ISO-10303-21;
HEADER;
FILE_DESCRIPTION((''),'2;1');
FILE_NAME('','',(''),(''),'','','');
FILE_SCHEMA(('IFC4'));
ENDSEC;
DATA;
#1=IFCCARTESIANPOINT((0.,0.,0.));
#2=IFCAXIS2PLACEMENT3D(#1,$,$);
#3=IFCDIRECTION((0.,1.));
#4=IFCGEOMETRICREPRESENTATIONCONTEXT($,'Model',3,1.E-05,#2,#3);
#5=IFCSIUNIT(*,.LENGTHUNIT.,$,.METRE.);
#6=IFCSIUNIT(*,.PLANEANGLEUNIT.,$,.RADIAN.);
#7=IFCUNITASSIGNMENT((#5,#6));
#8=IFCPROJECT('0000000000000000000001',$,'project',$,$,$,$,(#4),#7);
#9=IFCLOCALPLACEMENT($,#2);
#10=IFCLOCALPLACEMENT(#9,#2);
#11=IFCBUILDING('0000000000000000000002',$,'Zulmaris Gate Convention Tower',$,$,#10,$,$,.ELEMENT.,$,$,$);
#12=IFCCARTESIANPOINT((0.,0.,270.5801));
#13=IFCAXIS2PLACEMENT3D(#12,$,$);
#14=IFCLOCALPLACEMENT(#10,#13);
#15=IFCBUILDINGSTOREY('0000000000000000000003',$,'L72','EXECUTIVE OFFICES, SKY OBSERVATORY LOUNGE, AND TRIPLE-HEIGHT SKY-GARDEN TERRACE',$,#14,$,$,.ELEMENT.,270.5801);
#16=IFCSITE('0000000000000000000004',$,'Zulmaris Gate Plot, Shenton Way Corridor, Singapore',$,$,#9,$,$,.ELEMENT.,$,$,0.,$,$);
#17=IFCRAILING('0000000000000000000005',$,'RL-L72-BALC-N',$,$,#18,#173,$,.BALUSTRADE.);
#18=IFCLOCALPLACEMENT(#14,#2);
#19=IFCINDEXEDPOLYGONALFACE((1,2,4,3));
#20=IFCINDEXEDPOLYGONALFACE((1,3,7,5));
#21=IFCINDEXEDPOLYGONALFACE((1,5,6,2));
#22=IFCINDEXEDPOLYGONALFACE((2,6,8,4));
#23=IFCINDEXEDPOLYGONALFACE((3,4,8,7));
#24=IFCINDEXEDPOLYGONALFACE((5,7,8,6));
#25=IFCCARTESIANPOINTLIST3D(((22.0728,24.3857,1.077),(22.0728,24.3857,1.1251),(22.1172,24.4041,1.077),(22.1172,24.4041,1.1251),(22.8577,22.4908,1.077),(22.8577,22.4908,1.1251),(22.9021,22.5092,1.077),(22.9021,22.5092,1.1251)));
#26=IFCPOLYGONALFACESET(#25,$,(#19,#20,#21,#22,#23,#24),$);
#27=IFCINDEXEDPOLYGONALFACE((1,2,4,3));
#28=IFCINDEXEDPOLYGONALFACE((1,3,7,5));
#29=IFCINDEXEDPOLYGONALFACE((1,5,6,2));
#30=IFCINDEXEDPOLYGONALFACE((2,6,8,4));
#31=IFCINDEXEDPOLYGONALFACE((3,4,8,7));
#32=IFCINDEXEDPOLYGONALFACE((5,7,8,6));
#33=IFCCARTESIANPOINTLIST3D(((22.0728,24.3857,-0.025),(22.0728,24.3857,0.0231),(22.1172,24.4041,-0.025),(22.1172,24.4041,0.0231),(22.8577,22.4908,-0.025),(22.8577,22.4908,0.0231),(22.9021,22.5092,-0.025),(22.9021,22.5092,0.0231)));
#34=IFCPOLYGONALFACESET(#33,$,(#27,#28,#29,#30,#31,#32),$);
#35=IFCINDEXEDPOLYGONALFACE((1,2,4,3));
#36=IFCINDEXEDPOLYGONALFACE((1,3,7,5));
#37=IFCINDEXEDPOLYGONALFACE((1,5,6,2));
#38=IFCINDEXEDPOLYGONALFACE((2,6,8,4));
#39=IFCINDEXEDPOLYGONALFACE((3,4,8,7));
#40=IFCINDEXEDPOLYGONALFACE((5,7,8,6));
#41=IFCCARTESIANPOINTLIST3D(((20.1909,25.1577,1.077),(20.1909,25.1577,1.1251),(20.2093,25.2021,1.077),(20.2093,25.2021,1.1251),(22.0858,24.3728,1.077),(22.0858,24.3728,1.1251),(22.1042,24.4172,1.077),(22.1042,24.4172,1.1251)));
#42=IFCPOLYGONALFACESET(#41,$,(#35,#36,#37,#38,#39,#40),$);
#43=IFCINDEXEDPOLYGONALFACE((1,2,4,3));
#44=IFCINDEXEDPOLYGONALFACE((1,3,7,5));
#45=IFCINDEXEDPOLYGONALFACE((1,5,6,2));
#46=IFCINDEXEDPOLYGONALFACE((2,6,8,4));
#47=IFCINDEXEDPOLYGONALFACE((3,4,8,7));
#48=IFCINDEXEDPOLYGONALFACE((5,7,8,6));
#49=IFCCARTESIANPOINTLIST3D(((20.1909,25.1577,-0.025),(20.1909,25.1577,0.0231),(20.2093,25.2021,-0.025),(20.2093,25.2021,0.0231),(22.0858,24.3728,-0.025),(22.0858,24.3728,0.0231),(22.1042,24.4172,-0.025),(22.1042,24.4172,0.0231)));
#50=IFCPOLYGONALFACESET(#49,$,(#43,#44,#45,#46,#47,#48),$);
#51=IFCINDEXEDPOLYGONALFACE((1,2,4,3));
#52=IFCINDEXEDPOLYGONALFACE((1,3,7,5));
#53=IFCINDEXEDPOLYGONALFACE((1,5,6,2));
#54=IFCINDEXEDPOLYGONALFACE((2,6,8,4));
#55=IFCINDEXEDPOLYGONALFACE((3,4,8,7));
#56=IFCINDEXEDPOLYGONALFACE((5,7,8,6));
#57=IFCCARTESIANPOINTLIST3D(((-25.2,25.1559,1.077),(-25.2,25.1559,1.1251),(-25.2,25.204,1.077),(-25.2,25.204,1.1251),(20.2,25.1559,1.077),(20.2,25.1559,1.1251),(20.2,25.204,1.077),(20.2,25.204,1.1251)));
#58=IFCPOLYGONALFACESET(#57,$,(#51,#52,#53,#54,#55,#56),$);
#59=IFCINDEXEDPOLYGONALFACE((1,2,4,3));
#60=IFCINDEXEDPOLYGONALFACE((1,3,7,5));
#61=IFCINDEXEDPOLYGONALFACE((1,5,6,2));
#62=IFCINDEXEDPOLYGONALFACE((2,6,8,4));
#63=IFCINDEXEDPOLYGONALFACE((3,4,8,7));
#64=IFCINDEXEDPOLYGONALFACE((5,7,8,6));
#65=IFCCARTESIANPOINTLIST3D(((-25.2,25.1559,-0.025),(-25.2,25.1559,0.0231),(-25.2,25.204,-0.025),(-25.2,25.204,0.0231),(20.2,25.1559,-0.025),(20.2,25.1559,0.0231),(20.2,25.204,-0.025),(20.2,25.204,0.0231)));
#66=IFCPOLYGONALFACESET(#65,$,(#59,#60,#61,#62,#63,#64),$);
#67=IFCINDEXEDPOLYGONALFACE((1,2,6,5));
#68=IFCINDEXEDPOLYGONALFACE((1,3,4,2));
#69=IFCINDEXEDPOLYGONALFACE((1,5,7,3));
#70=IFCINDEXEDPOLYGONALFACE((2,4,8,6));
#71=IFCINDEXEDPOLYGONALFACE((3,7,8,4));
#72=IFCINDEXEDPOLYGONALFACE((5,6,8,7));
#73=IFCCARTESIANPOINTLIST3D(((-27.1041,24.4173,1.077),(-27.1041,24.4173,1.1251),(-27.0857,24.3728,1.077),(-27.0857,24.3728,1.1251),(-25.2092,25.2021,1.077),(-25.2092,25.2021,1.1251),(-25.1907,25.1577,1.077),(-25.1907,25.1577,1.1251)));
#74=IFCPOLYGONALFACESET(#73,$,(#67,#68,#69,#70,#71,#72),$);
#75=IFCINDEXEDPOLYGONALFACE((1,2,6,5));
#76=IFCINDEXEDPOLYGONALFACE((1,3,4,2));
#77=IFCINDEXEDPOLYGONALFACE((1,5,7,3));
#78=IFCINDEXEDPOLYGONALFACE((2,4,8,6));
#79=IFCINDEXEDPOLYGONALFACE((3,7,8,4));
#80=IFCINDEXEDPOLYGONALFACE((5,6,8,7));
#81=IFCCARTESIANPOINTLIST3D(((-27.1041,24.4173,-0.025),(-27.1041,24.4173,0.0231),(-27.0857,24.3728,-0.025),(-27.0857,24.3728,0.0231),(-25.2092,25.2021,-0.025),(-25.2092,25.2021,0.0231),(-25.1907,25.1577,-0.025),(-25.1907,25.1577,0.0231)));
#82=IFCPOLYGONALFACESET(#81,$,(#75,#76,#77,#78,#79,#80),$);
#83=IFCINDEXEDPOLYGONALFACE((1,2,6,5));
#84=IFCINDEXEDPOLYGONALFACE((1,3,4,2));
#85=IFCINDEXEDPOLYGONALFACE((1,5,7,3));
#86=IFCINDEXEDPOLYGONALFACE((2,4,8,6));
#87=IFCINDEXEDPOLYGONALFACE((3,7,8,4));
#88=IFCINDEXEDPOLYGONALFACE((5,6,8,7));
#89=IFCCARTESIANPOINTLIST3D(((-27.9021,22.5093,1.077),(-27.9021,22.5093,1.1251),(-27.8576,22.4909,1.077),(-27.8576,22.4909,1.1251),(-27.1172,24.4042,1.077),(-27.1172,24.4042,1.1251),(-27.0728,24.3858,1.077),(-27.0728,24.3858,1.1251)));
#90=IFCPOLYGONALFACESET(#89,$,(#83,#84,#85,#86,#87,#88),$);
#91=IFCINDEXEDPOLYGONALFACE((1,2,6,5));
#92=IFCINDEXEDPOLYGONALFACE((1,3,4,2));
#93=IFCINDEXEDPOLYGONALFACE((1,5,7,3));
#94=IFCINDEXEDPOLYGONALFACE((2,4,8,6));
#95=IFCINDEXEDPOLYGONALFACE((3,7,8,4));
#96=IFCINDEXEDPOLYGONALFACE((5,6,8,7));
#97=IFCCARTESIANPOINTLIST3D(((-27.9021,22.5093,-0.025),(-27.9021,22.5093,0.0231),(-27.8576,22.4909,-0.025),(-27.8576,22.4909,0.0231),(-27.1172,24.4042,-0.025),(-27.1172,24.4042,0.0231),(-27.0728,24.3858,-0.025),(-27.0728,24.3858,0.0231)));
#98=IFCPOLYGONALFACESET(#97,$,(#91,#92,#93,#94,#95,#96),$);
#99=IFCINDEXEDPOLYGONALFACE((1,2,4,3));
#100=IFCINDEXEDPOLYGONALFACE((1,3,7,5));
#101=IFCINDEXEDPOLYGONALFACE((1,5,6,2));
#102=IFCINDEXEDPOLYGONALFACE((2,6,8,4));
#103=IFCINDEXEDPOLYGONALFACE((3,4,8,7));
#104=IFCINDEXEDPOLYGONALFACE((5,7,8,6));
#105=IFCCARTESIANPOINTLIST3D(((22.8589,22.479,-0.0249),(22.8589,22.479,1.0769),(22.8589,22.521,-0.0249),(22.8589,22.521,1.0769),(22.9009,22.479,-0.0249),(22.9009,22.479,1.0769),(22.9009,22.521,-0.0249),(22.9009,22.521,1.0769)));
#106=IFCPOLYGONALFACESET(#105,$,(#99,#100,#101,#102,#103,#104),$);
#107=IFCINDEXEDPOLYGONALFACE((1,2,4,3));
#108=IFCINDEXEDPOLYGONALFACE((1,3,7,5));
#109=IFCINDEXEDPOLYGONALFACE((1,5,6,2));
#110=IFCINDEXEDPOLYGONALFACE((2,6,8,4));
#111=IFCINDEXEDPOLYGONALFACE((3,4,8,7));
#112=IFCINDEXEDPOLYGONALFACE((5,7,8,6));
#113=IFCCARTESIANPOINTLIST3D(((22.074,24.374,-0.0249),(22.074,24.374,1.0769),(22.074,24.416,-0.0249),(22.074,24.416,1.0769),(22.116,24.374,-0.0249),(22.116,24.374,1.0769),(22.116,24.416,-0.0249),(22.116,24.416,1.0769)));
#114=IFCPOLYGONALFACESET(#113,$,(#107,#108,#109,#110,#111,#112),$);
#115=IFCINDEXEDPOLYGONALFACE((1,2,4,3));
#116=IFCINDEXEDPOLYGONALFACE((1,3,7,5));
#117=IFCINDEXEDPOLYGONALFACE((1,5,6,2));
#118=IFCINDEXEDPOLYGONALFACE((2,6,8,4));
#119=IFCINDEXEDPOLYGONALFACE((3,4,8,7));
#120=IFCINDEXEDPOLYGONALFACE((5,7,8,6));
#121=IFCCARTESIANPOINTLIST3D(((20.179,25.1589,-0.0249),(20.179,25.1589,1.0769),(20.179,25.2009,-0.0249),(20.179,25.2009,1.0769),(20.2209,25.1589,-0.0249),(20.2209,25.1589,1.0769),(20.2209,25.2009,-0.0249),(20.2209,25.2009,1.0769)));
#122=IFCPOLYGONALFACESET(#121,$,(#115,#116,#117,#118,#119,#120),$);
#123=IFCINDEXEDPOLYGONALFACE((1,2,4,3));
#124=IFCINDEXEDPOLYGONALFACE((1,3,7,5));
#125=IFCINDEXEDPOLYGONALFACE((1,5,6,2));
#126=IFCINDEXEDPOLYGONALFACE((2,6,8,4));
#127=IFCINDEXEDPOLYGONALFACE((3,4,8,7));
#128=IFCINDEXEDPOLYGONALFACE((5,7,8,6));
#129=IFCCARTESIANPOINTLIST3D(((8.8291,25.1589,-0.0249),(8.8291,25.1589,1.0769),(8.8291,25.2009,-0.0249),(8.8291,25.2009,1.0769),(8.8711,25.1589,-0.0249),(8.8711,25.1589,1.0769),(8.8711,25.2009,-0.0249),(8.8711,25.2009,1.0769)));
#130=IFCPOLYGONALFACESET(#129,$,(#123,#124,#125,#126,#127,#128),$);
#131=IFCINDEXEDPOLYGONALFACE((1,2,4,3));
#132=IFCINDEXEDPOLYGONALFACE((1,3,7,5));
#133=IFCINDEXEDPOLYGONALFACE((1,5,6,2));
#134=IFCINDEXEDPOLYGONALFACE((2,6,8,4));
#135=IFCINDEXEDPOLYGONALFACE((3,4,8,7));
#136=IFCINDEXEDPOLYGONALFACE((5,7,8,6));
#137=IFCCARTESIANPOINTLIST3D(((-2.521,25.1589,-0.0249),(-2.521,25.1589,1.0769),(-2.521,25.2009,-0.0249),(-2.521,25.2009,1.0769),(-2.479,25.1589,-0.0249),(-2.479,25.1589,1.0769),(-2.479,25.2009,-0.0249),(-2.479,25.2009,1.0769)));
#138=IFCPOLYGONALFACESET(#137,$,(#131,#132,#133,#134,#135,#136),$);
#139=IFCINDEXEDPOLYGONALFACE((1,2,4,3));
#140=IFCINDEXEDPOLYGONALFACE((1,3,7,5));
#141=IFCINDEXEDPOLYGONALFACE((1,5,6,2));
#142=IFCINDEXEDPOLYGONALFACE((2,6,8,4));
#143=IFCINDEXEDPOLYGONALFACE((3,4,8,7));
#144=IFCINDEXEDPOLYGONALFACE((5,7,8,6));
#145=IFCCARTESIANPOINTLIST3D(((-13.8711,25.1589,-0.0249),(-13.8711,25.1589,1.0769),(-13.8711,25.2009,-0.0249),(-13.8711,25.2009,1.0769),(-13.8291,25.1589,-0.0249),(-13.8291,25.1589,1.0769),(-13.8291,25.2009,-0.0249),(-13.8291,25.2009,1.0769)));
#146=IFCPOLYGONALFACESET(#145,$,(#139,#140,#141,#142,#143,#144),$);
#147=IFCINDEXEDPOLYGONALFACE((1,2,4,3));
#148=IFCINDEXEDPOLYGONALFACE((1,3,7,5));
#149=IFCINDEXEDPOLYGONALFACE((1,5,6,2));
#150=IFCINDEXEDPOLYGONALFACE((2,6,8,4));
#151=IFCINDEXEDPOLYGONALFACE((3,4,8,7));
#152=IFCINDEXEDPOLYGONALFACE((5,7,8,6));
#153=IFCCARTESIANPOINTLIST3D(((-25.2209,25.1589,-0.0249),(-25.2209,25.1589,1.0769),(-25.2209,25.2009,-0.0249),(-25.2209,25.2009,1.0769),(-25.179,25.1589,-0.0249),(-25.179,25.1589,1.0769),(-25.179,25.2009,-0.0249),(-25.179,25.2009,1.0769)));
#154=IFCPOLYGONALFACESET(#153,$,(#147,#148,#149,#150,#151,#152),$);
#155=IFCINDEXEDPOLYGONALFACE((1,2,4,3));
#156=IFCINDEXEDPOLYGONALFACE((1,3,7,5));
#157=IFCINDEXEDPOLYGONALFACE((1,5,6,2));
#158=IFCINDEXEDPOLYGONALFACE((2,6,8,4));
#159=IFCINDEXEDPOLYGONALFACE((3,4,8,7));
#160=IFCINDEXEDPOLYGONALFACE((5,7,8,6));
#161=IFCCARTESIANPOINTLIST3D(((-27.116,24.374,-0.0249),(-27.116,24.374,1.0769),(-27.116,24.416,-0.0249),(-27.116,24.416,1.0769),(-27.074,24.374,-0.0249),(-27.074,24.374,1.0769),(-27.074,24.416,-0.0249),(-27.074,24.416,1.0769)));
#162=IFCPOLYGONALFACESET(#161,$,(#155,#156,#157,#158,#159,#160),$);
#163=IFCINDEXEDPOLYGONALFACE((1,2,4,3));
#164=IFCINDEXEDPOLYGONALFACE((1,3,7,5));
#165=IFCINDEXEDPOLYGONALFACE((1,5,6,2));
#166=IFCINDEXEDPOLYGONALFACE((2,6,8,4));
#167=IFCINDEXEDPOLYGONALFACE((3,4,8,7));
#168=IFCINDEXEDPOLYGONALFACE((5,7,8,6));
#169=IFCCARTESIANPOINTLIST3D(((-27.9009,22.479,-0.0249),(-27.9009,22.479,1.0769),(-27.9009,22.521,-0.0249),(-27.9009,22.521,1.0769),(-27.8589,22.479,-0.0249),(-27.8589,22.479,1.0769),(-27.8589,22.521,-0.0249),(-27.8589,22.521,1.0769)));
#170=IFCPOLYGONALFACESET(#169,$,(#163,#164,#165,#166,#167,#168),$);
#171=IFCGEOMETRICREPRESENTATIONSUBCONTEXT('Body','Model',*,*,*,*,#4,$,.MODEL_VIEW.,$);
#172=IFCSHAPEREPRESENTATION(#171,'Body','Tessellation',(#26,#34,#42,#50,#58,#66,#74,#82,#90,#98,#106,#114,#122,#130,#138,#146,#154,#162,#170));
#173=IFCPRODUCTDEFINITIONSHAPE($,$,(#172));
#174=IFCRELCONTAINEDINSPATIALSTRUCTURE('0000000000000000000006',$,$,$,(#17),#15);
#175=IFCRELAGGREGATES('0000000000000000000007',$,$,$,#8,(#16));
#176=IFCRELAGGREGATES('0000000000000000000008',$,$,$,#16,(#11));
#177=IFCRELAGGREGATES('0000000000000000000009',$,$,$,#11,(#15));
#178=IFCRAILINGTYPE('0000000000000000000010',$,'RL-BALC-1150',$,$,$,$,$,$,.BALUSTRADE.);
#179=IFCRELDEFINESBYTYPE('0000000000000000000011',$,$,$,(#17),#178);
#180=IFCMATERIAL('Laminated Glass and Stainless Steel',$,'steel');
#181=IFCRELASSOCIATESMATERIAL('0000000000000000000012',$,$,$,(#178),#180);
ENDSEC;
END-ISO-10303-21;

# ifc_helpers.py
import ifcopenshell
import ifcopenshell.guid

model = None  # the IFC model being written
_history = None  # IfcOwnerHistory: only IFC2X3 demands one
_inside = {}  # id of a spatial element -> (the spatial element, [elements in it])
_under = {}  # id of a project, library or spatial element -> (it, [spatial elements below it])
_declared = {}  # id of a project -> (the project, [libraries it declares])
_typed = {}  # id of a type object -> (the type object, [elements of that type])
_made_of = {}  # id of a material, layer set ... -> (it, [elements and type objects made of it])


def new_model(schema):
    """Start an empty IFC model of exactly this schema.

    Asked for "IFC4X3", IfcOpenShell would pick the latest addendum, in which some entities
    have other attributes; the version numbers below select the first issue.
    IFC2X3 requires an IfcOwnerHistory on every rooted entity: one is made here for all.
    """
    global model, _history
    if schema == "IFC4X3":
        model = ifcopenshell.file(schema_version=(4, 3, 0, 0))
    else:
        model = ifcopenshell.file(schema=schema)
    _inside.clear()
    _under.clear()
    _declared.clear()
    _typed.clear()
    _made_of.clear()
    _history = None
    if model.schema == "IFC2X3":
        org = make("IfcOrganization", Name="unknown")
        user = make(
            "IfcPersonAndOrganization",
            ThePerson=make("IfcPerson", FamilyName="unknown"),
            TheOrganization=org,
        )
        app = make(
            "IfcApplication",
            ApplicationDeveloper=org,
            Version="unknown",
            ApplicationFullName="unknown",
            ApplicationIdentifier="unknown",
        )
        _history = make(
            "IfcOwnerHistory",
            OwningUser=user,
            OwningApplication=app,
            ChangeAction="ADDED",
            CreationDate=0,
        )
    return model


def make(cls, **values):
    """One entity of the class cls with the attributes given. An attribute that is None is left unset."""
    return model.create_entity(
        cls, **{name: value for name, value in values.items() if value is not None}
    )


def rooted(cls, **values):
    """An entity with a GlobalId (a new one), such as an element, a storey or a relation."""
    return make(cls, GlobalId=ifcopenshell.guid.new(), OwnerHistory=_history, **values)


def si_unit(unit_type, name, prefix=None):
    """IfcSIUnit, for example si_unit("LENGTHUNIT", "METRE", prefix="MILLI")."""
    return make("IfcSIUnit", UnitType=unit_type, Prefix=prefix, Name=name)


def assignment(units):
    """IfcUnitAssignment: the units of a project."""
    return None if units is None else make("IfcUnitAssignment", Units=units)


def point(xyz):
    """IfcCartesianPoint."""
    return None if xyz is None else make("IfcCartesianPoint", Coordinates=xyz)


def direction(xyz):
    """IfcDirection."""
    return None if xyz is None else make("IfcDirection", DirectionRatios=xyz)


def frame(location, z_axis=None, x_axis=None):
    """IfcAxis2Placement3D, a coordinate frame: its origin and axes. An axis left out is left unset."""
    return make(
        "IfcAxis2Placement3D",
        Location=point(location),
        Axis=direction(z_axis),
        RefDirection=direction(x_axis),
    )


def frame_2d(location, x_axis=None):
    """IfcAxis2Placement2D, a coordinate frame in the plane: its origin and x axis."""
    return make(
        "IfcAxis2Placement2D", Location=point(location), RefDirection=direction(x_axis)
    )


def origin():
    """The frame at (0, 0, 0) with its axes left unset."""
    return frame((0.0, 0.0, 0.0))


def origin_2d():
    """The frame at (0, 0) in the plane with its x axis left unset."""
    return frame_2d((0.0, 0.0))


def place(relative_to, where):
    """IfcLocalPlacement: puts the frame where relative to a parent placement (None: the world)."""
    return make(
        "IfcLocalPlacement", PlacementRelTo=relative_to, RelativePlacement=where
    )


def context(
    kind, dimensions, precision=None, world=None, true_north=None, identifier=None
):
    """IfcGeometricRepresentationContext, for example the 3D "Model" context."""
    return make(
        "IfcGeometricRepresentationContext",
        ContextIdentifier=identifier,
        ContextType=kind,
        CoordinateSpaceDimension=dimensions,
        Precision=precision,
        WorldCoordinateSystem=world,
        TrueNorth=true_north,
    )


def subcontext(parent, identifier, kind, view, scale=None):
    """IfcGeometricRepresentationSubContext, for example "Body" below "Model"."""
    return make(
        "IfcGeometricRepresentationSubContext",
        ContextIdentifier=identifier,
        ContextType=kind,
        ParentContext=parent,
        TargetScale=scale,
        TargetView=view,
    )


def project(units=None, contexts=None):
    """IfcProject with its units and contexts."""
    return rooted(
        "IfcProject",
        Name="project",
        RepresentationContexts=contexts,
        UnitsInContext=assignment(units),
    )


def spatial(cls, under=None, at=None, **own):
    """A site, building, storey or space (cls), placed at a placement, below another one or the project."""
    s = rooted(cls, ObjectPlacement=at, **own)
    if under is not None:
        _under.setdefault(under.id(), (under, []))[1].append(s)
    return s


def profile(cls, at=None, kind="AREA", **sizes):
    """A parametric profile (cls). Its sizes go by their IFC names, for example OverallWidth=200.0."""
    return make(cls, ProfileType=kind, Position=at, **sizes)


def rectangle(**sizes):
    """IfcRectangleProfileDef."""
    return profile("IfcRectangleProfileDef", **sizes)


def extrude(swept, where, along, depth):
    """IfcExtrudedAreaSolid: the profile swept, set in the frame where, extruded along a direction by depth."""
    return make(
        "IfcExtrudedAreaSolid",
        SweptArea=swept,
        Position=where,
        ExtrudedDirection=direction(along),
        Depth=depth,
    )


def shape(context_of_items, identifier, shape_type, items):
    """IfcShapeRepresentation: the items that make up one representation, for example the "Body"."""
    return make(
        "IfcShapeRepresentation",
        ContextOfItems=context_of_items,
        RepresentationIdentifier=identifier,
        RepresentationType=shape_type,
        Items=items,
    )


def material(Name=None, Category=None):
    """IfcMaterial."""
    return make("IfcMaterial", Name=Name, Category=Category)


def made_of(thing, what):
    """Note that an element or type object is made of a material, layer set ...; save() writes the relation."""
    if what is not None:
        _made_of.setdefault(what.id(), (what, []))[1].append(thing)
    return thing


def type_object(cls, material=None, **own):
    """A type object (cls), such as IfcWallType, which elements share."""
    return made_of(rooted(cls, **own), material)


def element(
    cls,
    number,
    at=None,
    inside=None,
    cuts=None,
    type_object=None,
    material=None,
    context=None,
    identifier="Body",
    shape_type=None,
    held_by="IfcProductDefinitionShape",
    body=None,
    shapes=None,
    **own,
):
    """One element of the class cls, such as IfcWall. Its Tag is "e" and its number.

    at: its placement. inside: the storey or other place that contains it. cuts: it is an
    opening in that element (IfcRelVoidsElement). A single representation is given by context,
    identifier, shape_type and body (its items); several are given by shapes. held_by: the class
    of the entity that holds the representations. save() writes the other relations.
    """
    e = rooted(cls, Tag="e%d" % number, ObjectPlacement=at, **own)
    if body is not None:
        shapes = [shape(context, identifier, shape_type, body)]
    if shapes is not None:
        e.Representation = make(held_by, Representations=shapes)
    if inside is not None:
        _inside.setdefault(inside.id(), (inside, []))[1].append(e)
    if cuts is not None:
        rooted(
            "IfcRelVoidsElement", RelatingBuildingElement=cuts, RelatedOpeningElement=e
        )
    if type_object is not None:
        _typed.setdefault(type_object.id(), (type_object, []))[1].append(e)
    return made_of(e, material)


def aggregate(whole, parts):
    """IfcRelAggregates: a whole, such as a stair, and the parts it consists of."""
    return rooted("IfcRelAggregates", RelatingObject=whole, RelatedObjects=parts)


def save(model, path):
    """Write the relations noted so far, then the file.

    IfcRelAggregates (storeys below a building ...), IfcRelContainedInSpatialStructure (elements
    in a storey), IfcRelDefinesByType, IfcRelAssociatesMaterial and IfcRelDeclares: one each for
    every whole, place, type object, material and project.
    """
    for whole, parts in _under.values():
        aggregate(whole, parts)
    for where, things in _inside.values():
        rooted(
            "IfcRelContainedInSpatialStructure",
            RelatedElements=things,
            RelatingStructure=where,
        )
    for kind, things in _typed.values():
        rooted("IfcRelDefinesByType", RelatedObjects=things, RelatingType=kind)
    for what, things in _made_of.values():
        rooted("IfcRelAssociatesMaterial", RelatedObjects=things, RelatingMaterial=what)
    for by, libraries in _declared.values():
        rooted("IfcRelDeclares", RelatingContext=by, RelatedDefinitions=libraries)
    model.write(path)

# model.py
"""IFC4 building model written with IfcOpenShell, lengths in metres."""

from ifc_helpers import new_model, si_unit, direction, frame, origin, origin_2d, place, context, subcontext, project, spatial, rectangle, extrude, material, type_object, element, save


model = new_model("IFC4")

# Units and contexts
model_context = context("Model", 3, precision=1e-05, world=origin(), true_north=direction((0.0, 1.0)))
body_context = subcontext(model_context, "Body", "Model", "MODEL_VIEW")
ifc_project = project(units=[si_unit("LENGTHUNIT", "METRE"), si_unit("PLANEANGLEUNIT", "RADIAN")], contexts=[model_context])

# Site, building, storey
site_placement = place(None, origin())
site = spatial("IfcSite", under=ifc_project, at=site_placement, Name="Zulmaris Gate Plot, Shenton Way Corridor, Singapore", CompositionType="ELEMENT", RefElevation=0.0)
building_placement = place(site_placement, origin())
building = spatial("IfcBuilding", under=site, at=building_placement, Name="Zulmaris Gate Convention Tower", CompositionType="ELEMENT")
storey_placement = place(building_placement, frame((0.0, 0.0, 270.5801)))
storey = spatial("IfcBuildingStorey", under=building, at=storey_placement, Name="L72", Description="EXECUTIVE OFFICES, SKY OBSERVATORY LOUNGE, AND TRIPLE-HEIGHT SKY-GARDEN TERRACE", CompositionType="ELEMENT", Elevation=270.5801)

# Railing
ifc_material_1 = material(Name="Laminated Glass and Stainless Steel", Category="steel")
railing_type = type_object("IfcRailingType", Name="RL-BALC-1150", PredefinedType="BALUSTRADE", material=ifc_material_1)
railing_placement = place(storey_placement, frame((22.8799, 22.5, -0.0249)))
element("IfcRailing", 1, at=railing_placement, inside=storey, type_object=railing_type, Name="RL-L72-BALC-N", PredefinedType="BALUSTRADE", context=body_context, shape_type="SweptSolid", body=[
    extrude(rectangle(XDim=0.0481, YDim=0.0481, at=origin_2d()), frame((0.0, 0.0, 1.126), z_axis=(-0.382671, 0.923885, 0.0), x_axis=(-0.923885, -0.382671, 0.0)), (0.0, 0.0, 1.0), 2.051),
    extrude(rectangle(XDim=0.0481, YDim=0.0481, at=origin_2d()), frame((0.0, 0.0, 0.0239), z_axis=(-0.382671, 0.923885, 0.0), x_axis=(-0.923885, -0.382671, 0.0)), (0.0, 0.0, 1.0), 2.051),
    extrude(rectangle(XDim=0.0481, YDim=0.0481, at=origin_2d()), frame((-0.7849, 1.895, 1.126), z_axis=(-0.923885, 0.382671, 0.0), x_axis=(-0.382671, -0.923885, 0.0)), (0.0, 0.0, 1.0), 2.051),
    extrude(rectangle(XDim=0.0481, YDim=0.0481, at=origin_2d()), frame((-0.7849, 1.895, 0.0239), z_axis=(-0.923885, 0.382671, 0.0), x_axis=(-0.382671, -0.923885, 0.0)), (0.0, 0.0, 1.0), 2.051),
    extrude(rectangle(XDim=0.0481, YDim=0.0481, at=origin_2d()), frame((-2.6799, 2.6799, 1.126), z_axis=(-1.0, 0.0, 0.0), x_axis=(0.0, -1.0, 0.0)), (0.0, 0.0, 1.0), 45.3999),
    extrude(rectangle(XDim=0.0481, YDim=0.0481, at=origin_2d()), frame((-2.6799, 2.6799, 0.0239), z_axis=(-1.0, 0.0, 0.0), x_axis=(0.0, -1.0, 0.0)), (0.0, 0.0, 1.0), 45.3999),
    extrude(rectangle(XDim=0.0481, YDim=0.0481, at=origin_2d()), frame((-48.0798, 2.6799, 1.126), z_axis=(-0.923885, -0.382671, 0.0), x_axis=(0.382671, -0.923885, 0.0)), (0.0, 0.0, 1.0), 2.051),
    extrude(rectangle(XDim=0.0481, YDim=0.0481, at=origin_2d()), frame((-48.0798, 2.6799, 0.0239), z_axis=(-0.923885, -0.382671, 0.0), x_axis=(0.382671, -0.923885, 0.0)), (0.0, 0.0, 1.0), 2.051),
    extrude(rectangle(XDim=0.0481, YDim=0.0481, at=origin_2d()), frame((-49.9749, 1.895, 1.126), z_axis=(-0.382671, -0.923885, 0.0), x_axis=(0.923885, -0.382671, 0.0)), (0.0, 0.0, 1.0), 2.051),
    extrude(rectangle(XDim=0.0481, YDim=0.0481, at=origin_2d()), frame((-49.9749, 1.895, 0.0239), z_axis=(-0.382671, -0.923885, 0.0), x_axis=(0.923885, -0.382671, 0.0)), (0.0, 0.0, 1.0), 2.051),
    extrude(rectangle(XDim=0.042, YDim=0.042, at=origin_2d()), origin(), (0.0, 0.0, 1.0), 1.1018),
    extrude(rectangle(XDim=0.042, YDim=0.042, at=origin_2d()), frame((-0.7849, 1.895, 0.0)), (0.0, 0.0, 1.0), 1.1018),
    extrude(rectangle(XDim=0.042, YDim=0.042, at=origin_2d()), frame((-2.6799, 2.6799, 0.0)), (0.0, 0.0, 1.0), 1.1018),
    extrude(rectangle(XDim=0.042, YDim=0.042, at=origin_2d()), frame((-14.0298, 2.6799, 0.0)), (0.0, 0.0, 1.0), 1.1018),
    extrude(rectangle(XDim=0.042, YDim=0.042, at=origin_2d()), frame((-25.3799, 2.6799, 0.0)), (0.0, 0.0, 1.0), 1.1018),
    extrude(rectangle(XDim=0.042, YDim=0.042, at=origin_2d()), frame((-36.73, 2.6799, 0.0)), (0.0, 0.0, 1.0), 1.1018),
    extrude(rectangle(XDim=0.042, YDim=0.042, at=origin_2d()), frame((-48.0798, 2.6799, 0.0)), (0.0, 0.0, 1.0), 1.1018),
    extrude(rectangle(XDim=0.042, YDim=0.042, at=origin_2d()), frame((-49.9749, 1.895, 0.0)), (0.0, 0.0, 1.0), 1.1018),
    extrude(rectangle(XDim=0.042, YDim=0.042, at=origin_2d()), frame((-50.7598, 0.0, 0.0)), (0.0, 0.0, 1.0), 1.1018),
])

save(model, "model.ifc")
